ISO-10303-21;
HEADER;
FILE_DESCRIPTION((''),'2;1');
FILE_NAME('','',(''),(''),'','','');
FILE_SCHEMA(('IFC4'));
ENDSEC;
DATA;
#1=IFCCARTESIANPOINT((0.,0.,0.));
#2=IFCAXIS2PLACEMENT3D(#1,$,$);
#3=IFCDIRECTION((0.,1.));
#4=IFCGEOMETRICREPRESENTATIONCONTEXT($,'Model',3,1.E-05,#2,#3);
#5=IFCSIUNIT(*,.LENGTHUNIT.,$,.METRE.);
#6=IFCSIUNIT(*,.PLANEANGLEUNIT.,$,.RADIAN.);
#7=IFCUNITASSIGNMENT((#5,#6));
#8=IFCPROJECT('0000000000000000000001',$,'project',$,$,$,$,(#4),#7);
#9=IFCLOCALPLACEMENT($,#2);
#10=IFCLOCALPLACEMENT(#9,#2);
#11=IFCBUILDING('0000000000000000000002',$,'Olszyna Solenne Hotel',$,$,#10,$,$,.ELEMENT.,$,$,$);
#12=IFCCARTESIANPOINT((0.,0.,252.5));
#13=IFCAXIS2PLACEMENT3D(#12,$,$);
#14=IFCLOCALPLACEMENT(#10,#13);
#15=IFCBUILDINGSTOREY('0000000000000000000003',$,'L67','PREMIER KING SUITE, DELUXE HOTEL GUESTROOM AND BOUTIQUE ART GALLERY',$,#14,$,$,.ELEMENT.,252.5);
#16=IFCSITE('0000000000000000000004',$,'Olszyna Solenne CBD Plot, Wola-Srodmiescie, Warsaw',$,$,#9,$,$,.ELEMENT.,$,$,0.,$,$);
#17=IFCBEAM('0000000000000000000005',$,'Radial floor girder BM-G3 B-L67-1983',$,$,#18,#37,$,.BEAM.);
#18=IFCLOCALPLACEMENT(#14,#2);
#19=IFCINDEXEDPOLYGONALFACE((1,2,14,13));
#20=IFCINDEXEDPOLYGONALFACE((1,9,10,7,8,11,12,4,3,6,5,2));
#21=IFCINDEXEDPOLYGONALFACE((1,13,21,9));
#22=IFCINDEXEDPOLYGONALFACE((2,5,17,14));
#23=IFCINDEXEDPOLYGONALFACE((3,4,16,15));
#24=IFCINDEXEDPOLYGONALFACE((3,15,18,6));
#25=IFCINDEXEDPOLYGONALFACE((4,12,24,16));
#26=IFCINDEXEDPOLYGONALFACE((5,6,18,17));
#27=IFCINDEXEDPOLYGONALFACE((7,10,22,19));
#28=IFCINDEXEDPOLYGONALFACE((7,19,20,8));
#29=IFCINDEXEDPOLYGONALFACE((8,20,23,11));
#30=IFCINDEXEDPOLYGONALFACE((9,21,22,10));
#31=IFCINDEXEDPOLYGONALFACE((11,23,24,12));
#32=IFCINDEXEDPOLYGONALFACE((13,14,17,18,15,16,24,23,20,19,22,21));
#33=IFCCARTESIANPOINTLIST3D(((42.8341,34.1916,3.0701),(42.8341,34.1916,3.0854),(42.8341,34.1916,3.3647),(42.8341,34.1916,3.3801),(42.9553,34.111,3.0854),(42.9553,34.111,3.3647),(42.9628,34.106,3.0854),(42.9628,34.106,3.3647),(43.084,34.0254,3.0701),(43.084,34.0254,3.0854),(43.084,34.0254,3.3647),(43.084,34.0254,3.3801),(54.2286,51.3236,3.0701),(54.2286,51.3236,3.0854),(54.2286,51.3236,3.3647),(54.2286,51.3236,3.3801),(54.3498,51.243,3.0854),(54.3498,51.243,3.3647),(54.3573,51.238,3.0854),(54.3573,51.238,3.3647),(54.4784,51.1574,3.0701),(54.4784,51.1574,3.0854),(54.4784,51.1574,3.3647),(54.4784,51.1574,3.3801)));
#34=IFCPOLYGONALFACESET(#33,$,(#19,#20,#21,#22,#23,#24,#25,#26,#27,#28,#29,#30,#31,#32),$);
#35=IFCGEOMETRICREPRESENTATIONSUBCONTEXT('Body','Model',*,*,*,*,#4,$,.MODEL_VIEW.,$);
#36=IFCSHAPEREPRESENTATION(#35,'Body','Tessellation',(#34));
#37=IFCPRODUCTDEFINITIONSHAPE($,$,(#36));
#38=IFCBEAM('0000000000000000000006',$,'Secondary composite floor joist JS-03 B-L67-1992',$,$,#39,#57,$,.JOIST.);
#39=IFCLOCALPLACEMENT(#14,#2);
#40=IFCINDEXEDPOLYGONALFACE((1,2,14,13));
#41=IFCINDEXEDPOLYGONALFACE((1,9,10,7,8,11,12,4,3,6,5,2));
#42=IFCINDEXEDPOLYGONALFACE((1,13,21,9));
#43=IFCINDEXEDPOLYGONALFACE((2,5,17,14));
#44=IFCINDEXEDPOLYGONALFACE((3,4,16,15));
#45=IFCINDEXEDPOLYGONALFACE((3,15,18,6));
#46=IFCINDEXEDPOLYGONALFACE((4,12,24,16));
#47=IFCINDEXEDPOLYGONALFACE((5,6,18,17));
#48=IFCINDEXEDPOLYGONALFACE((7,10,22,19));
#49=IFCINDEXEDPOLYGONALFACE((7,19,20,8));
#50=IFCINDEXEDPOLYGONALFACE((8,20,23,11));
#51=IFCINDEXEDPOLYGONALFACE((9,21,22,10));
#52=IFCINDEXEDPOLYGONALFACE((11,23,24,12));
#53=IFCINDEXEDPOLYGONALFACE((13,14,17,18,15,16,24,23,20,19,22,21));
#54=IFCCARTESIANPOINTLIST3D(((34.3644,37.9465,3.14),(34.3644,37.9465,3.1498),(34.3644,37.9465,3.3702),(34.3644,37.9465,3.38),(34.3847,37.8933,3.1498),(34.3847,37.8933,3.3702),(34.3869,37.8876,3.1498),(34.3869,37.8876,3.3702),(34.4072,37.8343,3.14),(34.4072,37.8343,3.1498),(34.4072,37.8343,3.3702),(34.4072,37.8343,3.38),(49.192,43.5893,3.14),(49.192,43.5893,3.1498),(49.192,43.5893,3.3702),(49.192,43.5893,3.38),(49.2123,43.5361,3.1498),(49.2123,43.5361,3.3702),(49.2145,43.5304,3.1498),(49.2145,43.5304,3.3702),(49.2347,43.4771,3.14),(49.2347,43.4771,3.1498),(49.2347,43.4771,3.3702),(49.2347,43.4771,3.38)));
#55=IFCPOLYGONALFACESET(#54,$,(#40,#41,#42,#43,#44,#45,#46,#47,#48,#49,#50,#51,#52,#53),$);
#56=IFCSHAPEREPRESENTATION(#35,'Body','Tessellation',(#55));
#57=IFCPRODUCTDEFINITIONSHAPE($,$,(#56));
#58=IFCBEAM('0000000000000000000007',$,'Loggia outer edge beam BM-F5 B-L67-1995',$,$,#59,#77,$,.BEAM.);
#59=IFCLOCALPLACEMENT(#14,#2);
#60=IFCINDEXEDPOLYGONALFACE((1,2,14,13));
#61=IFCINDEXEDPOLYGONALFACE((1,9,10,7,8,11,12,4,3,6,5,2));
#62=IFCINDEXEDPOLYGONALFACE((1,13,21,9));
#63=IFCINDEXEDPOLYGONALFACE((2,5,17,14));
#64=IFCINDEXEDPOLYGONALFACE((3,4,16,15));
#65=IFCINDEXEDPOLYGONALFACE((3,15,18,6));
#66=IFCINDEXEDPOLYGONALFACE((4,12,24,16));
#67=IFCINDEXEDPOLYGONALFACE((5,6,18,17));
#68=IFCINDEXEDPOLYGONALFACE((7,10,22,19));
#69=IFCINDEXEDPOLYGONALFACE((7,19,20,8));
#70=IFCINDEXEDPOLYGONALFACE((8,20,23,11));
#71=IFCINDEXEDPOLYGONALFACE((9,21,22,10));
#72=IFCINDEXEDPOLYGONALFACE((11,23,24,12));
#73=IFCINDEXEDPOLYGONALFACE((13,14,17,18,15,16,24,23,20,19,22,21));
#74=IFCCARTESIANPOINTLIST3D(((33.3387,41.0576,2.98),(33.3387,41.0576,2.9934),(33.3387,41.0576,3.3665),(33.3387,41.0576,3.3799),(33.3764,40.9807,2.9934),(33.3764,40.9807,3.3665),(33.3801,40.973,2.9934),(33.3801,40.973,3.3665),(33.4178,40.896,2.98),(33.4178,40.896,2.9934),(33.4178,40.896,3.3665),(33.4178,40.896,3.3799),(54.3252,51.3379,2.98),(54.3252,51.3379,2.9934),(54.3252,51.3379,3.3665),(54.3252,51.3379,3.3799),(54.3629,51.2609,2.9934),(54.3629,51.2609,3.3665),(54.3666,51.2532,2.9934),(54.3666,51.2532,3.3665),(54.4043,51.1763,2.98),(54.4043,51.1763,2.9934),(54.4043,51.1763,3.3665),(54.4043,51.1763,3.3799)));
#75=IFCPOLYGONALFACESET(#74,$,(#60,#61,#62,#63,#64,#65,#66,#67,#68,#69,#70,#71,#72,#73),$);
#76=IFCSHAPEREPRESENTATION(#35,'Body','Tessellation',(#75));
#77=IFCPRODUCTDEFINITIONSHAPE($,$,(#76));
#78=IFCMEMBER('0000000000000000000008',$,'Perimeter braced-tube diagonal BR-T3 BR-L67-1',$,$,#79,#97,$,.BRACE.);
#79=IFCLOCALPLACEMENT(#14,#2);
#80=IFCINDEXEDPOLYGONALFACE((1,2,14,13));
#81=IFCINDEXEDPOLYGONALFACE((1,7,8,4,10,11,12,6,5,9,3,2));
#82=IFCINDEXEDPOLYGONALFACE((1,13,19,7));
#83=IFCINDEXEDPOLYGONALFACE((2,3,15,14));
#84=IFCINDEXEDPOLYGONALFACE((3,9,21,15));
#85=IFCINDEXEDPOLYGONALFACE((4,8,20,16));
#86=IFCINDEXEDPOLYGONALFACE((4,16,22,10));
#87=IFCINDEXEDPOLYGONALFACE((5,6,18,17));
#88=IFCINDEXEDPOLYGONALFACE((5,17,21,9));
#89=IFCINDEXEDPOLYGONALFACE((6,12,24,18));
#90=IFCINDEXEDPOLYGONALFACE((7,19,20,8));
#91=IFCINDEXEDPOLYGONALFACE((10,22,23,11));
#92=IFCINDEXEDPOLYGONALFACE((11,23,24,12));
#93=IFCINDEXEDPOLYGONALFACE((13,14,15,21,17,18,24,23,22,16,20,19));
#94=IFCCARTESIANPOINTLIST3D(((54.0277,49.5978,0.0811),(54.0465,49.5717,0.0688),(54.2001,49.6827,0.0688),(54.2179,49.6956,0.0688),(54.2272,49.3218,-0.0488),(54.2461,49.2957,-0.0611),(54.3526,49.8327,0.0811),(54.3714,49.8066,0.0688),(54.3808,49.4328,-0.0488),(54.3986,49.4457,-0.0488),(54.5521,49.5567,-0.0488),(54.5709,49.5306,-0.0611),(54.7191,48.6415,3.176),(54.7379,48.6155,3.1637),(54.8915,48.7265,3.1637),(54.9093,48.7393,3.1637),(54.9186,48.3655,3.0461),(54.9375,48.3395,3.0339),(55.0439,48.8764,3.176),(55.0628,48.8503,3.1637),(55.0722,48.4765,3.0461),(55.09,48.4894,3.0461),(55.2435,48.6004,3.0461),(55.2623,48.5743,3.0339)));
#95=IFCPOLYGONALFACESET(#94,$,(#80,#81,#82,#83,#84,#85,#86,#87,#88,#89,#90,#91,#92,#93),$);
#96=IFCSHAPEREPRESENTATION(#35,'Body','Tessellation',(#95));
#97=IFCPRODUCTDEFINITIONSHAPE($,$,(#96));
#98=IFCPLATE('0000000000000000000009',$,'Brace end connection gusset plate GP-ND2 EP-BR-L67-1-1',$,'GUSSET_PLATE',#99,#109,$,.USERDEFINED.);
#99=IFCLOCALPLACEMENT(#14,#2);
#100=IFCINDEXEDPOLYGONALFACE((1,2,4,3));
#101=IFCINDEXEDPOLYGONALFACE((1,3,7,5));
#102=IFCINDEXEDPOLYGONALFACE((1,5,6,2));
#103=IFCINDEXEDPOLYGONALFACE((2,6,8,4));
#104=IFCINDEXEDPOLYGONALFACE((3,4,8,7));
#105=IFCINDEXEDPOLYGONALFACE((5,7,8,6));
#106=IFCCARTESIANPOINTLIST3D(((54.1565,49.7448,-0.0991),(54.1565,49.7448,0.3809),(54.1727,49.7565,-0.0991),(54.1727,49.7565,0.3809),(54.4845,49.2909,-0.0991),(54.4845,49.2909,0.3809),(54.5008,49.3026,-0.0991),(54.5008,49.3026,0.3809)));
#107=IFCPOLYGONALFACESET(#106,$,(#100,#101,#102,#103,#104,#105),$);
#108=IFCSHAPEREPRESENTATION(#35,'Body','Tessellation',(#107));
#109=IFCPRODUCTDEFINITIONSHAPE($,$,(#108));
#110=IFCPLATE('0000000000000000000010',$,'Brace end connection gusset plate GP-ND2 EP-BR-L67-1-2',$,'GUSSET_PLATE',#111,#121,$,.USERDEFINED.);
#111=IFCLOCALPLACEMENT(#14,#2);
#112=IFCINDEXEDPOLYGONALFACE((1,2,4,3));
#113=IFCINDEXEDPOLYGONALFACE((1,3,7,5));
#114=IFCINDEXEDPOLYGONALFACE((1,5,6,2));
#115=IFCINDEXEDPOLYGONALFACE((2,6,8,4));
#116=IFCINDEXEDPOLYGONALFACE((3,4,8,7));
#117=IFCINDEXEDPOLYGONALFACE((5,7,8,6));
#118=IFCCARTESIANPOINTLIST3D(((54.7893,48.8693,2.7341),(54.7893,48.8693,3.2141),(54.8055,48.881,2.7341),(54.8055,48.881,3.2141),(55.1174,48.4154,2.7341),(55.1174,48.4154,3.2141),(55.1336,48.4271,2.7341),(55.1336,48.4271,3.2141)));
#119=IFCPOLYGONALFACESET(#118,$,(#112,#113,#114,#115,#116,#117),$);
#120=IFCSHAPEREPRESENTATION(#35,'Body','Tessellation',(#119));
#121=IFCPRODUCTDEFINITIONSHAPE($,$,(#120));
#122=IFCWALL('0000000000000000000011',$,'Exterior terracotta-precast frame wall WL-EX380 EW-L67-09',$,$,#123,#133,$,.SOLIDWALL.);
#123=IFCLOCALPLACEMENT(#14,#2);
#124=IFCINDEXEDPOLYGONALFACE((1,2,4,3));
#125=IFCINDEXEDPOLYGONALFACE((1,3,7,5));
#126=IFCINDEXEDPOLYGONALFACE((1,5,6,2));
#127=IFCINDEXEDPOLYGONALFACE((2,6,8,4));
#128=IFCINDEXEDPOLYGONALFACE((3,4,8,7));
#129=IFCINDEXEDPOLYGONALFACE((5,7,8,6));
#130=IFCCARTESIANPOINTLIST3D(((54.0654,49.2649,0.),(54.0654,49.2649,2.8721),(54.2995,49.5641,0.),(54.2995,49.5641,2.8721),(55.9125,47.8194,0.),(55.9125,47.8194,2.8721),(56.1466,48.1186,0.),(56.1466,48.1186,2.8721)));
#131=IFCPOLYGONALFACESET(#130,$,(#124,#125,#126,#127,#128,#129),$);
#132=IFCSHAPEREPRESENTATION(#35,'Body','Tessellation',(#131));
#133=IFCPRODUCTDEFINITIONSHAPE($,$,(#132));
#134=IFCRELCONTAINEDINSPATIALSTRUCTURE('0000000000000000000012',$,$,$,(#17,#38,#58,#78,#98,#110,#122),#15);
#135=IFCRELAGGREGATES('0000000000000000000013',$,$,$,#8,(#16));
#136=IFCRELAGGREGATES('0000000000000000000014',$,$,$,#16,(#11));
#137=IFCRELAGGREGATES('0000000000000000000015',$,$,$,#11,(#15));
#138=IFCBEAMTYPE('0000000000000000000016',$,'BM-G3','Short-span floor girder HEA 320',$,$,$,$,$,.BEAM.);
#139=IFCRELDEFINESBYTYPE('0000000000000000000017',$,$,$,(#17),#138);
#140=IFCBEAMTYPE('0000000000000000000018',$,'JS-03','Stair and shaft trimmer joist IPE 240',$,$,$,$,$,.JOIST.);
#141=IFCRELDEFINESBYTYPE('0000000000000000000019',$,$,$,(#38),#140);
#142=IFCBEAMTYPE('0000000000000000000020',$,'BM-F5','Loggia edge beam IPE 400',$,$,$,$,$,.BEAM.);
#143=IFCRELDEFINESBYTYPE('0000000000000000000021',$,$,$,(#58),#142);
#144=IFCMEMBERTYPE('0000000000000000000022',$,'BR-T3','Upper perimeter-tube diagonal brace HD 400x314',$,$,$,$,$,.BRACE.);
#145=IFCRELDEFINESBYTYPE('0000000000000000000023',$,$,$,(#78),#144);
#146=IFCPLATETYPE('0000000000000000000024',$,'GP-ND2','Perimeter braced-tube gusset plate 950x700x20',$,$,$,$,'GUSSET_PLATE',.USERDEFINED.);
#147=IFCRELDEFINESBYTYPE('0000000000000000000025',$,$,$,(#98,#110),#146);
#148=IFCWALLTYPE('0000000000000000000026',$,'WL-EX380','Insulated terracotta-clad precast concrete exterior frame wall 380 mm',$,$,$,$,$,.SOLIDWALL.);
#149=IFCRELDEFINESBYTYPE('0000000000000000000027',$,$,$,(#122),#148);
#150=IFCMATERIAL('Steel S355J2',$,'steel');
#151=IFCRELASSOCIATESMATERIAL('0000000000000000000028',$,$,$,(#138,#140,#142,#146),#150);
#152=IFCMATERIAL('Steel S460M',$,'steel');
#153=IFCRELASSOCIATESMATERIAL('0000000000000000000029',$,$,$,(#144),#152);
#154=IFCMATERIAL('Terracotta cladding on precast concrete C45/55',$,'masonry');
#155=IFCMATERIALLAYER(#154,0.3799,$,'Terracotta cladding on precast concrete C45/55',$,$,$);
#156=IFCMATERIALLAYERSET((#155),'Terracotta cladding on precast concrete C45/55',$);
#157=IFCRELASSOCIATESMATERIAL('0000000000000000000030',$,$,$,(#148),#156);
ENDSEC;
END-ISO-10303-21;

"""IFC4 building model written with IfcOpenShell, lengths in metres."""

from ifc_helpers import new_model, si_unit, direction, frame, frame_2d, origin, origin_2d, place, context, subcontext, project, spatial, rectangle, i_section, extrude, source, transform, mapped, material, layer, layer_set, material_profile, profile_set, type_object, element, save


model = new_model("IFC4")

# Units and contexts
model_context = context("Model", 3, precision=1e-05, world=origin(), true_north=direction((0.0, 1.0)))
body_context = subcontext(model_context, "Body", "Model", "MODEL_VIEW")
ifc_project = project(units=[si_unit("LENGTHUNIT", "METRE"), si_unit("PLANEANGLEUNIT", "RADIAN")], contexts=[model_context])

# Site, building, storey
site_placement = place(None, origin())
site = spatial("IfcSite", under=ifc_project, at=site_placement, Name="Olszyna Solenne CBD Plot, Wola-Srodmiescie, Warsaw", CompositionType="ELEMENT", RefElevation=0.0)
building_placement = place(site_placement, origin())
building = spatial("IfcBuilding", under=site, at=building_placement, Name="Olszyna Solenne Hotel", CompositionType="ELEMENT")
storey_placement = place(building_placement, frame((0.0, 0.0, 252.5)))
storey = spatial("IfcBuildingStorey", under=building, at=storey_placement, Name="L67", Description="PREMIER KING SUITE, DELUXE HOTEL GUESTROOM AND BOUTIQUE ART GALLERY", CompositionType="ELEMENT", Elevation=252.5)

# Shared definitions
ifc_material_1 = material(Name="Steel S460M", Category="steel")

# Beams
ifc_material_2 = material(Name="Steel S355J2", Category="steel")
ifc_material_profile_1 = material_profile(ifc_material_2, i_section(OverallWidth=0.3, OverallDepth=0.3101, WebThickness=0.009, FlangeThickness=0.0154, at=origin_2d()), Name="HEA 320", Category="load-bearing")
ifc_profile_set_1 = profile_set([ifc_material_profile_1], Name="Steel S355J2")
beam_type_1 = type_object("IfcBeamType", Name="BM-G3", Description="Short-span floor girder HEA 320", PredefinedType="BEAM", material=ifc_profile_set_1)
shared_shape_1 = source(origin(), body_context, "Body", "SweptSolid", [
    extrude(i_section(OverallWidth=0.3, OverallDepth=0.3101, WebThickness=0.009, FlangeThickness=0.0154, at=origin_2d()), origin(), (0.0, 0.0, 1.0), 20.5752),
])
beam_1_placement = place(storey_placement, frame((54.3535, 51.2405, 3.2251), z_axis=(-0.553796, -0.832652, 0.0), x_axis=(0.832652, -0.553796, 0.0)))
element("IfcBeam", 1, at=beam_1_placement, inside=storey, type_object=beam_type_1, Name="Radial floor girder BM-G3 B-L67-1983", PredefinedType="BEAM", context=body_context, shape_type="MappedRepresentation", body=[
    mapped(shared_shape_1, transform((0.0, 0.0, 0.0), x_axis=(1.0, 0.0, 0.0), y_axis=(0.0, 1.0, 0.0), z_axis=(0.0, 0.0, 1.0), scale=1.0)),
])
ifc_material_profile_2 = material_profile(ifc_material_2, i_section(OverallWidth=0.1201, OverallDepth=0.24, WebThickness=0.0061, FlangeThickness=0.0098, at=origin_2d()), Name="IPE 240", Category="load-bearing")
ifc_profile_set_2 = profile_set([ifc_material_profile_2], Name="Steel S355J2")
beam_type_2 = type_object("IfcBeamType", Name="JS-03", Description="Stair and shaft trimmer joist IPE 240", PredefinedType="JOIST", material=ifc_profile_set_2)
shared_shape_2 = source(origin(), body_context, "Body", "SweptSolid", [
    extrude(i_section(OverallWidth=0.1201, OverallDepth=0.24, WebThickness=0.0061, FlangeThickness=0.0098, at=origin_2d()), origin(), (0.0, 0.0, 1.0), 15.865),
])
beam_2_placement = place(storey_placement, frame((49.2134, 43.5332, 3.26), z_axis=(-0.934609, -0.355676, 0.0), x_axis=(0.355676, -0.934609, 0.0)))
element("IfcBeam", 2, at=beam_2_placement, inside=storey, type_object=beam_type_2, Name="Secondary composite floor joist JS-03 B-L67-1992", PredefinedType="JOIST", context=body_context, shape_type="MappedRepresentation", body=[
    mapped(shared_shape_2, transform((0.0, 0.0, 0.0), x_axis=(1.0, 0.0, 0.0), y_axis=(0.0, 1.0, 0.0), z_axis=(0.0, 0.0, 1.0), scale=1.0)),
])
ifc_material_profile_3 = material_profile(ifc_material_2, i_section(OverallWidth=0.1799, OverallDepth=0.3999, WebThickness=0.0085, FlangeThickness=0.0134, at=origin_2d()), Name="IPE 400", Category="load-bearing")
ifc_profile_set_3 = profile_set([ifc_material_profile_3], Name="Steel S355J2")
beam_type_3 = type_object("IfcBeamType", Name="BM-F5", Description="Loggia edge beam IPE 400", PredefinedType="BEAM", material=ifc_profile_set_3)
shared_shape_3 = source(origin(), body_context, "Body", "SweptSolid", [
    extrude(i_section(OverallWidth=0.1799, OverallDepth=0.3999, WebThickness=0.0085, FlangeThickness=0.0134, at=origin_2d()), origin(), (0.0, 0.0, 1.0), 23.3691),
])
beam_3_placement = place(storey_placement, frame((54.3647, 51.2571, 3.1799), z_axis=(-0.898044, -0.439907, 0.0), x_axis=(0.439907, -0.898044, 0.0)))
element("IfcBeam", 3, at=beam_3_placement, inside=storey, type_object=beam_type_3, Name="Loggia outer edge beam BM-F5 B-L67-1995", PredefinedType="BEAM", context=body_context, shape_type="MappedRepresentation", body=[
    mapped(shared_shape_3, transform((0.0, 0.0, 0.0), x_axis=(1.0, 0.0, 0.0), y_axis=(0.0, 1.0, 0.0), z_axis=(0.0, 0.0, 1.0), scale=1.0)),
])

# Member
ifc_material_profile_4 = material_profile(ifc_material_1, i_section(OverallWidth=0.4009, OverallDepth=0.3989, WebThickness=0.022, FlangeThickness=0.0344, at=origin_2d()), Name="HD 400x314", Category="load-bearing")
ifc_profile_set_4 = profile_set([ifc_material_profile_4], Name="Steel S460M")
member_type = type_object("IfcMemberType", Name="BR-T3", Description="Upper perimeter-tube diagonal brace HD 400x314", PredefinedType="BRACE", material=ifc_profile_set_4)
shared_shape_4 = source(origin(), body_context, "Body", "SweptSolid", [
    extrude(i_section(OverallWidth=0.4009, OverallDepth=0.3989, WebThickness=0.022, FlangeThickness=0.0344, at=origin_2d()), origin(), (0.0, 0.0, 1.0), 3.3123),
])
member_placement = place(storey_placement, frame((54.2993, 49.5642, 0.01), z_axis=(0.208738, -0.288711, 0.934385), x_axis=(0.810379, 0.585906, 0.0)))
element("IfcMember", 4, at=member_placement, inside=storey, type_object=member_type, Name="Perimeter braced-tube diagonal BR-T3 BR-L67-1", PredefinedType="BRACE", context=body_context, shape_type="MappedRepresentation", body=[
    mapped(shared_shape_4, transform((0.0, 0.0, 0.0), x_axis=(1.0, 0.0, 0.0), y_axis=(0.0, 1.0, 0.0), z_axis=(0.0, 0.0, 1.0), scale=1.0)),
])

# Plates
plate_type = type_object("IfcPlateType", Name="GP-ND2", Description="Perimeter braced-tube gusset plate 950x700x20", ElementType="GUSSET_PLATE", PredefinedType="USERDEFINED", material=ifc_material_2)
shared_shape_5 = source(origin(), body_context, "Body", "SweptSolid", [
    extrude(rectangle(XDim=0.5601, YDim=0.02, at=origin_2d()), origin(), (0.0, 0.0, 1.0), 0.48),
])
for number, where, z_axis, x_axis, name in (
    (5, (54.3286, 49.5237, -0.0991), (0.0, 0.0, 1.0), (0.585807, -0.810451, 0.0), "Brace end connection gusset plate GP-ND2 EP-BR-L67-1-1"),
    (6, (54.9614, 48.6482, 2.7341), (0.0, 0.0, 1.0), (0.585807, -0.810451, 0.0), "Brace end connection gusset plate GP-ND2 EP-BR-L67-1-2"),
):
    element("IfcPlate", number, at=place(storey_placement, frame(where, z_axis=z_axis, x_axis=x_axis)), inside=storey, type_object=plate_type, Name=name, ObjectType="GUSSET_PLATE", PredefinedType="USERDEFINED", context=body_context, shape_type="MappedRepresentation", body=[
        mapped(shared_shape_5, transform((0.0, 0.0, 0.0), x_axis=(1.0, 0.0, 0.0), y_axis=(0.0, 1.0, 0.0), z_axis=(0.0, 0.0, 1.0), scale=1.0)),
    ])

# Wall
ifc_material_3 = material(Name="Terracotta cladding on precast concrete C45/55", Category="masonry")
ifc_layer_1 = layer(ifc_material_3, 0.3799, Name="Terracotta cladding on precast concrete C45/55")
ifc_layer_set_1 = layer_set([ifc_layer_1], Name="Terracotta cladding on precast concrete C45/55")
wall_type_1 = type_object("IfcWallType", Name="WL-EX380", Description="Insulated terracotta-clad precast concrete exterior frame wall 380 mm", PredefinedType="SOLIDWALL", material=ifc_layer_set_1)
wall_1_placement = place(storey_placement, frame((54.1824, 49.4146, 0.0), z_axis=(0.0, 0.0, 1.0), x_axis=(0.787516, -0.616294, 0.0)))
element("IfcWall", 7, at=wall_1_placement, inside=storey, type_object=wall_type_1, Name="Exterior terracotta-precast frame wall WL-EX380 EW-L67-09", PredefinedType="SOLIDWALL", context=body_context, shape_type="SweptSolid", body=[
    extrude(rectangle(XDim=2.3455, YDim=0.3799, at=frame_2d((1.1729, 0.0))), origin(), (0.0, 0.0, 1.0), 2.8721),
])

save(model, "model.ifc")
